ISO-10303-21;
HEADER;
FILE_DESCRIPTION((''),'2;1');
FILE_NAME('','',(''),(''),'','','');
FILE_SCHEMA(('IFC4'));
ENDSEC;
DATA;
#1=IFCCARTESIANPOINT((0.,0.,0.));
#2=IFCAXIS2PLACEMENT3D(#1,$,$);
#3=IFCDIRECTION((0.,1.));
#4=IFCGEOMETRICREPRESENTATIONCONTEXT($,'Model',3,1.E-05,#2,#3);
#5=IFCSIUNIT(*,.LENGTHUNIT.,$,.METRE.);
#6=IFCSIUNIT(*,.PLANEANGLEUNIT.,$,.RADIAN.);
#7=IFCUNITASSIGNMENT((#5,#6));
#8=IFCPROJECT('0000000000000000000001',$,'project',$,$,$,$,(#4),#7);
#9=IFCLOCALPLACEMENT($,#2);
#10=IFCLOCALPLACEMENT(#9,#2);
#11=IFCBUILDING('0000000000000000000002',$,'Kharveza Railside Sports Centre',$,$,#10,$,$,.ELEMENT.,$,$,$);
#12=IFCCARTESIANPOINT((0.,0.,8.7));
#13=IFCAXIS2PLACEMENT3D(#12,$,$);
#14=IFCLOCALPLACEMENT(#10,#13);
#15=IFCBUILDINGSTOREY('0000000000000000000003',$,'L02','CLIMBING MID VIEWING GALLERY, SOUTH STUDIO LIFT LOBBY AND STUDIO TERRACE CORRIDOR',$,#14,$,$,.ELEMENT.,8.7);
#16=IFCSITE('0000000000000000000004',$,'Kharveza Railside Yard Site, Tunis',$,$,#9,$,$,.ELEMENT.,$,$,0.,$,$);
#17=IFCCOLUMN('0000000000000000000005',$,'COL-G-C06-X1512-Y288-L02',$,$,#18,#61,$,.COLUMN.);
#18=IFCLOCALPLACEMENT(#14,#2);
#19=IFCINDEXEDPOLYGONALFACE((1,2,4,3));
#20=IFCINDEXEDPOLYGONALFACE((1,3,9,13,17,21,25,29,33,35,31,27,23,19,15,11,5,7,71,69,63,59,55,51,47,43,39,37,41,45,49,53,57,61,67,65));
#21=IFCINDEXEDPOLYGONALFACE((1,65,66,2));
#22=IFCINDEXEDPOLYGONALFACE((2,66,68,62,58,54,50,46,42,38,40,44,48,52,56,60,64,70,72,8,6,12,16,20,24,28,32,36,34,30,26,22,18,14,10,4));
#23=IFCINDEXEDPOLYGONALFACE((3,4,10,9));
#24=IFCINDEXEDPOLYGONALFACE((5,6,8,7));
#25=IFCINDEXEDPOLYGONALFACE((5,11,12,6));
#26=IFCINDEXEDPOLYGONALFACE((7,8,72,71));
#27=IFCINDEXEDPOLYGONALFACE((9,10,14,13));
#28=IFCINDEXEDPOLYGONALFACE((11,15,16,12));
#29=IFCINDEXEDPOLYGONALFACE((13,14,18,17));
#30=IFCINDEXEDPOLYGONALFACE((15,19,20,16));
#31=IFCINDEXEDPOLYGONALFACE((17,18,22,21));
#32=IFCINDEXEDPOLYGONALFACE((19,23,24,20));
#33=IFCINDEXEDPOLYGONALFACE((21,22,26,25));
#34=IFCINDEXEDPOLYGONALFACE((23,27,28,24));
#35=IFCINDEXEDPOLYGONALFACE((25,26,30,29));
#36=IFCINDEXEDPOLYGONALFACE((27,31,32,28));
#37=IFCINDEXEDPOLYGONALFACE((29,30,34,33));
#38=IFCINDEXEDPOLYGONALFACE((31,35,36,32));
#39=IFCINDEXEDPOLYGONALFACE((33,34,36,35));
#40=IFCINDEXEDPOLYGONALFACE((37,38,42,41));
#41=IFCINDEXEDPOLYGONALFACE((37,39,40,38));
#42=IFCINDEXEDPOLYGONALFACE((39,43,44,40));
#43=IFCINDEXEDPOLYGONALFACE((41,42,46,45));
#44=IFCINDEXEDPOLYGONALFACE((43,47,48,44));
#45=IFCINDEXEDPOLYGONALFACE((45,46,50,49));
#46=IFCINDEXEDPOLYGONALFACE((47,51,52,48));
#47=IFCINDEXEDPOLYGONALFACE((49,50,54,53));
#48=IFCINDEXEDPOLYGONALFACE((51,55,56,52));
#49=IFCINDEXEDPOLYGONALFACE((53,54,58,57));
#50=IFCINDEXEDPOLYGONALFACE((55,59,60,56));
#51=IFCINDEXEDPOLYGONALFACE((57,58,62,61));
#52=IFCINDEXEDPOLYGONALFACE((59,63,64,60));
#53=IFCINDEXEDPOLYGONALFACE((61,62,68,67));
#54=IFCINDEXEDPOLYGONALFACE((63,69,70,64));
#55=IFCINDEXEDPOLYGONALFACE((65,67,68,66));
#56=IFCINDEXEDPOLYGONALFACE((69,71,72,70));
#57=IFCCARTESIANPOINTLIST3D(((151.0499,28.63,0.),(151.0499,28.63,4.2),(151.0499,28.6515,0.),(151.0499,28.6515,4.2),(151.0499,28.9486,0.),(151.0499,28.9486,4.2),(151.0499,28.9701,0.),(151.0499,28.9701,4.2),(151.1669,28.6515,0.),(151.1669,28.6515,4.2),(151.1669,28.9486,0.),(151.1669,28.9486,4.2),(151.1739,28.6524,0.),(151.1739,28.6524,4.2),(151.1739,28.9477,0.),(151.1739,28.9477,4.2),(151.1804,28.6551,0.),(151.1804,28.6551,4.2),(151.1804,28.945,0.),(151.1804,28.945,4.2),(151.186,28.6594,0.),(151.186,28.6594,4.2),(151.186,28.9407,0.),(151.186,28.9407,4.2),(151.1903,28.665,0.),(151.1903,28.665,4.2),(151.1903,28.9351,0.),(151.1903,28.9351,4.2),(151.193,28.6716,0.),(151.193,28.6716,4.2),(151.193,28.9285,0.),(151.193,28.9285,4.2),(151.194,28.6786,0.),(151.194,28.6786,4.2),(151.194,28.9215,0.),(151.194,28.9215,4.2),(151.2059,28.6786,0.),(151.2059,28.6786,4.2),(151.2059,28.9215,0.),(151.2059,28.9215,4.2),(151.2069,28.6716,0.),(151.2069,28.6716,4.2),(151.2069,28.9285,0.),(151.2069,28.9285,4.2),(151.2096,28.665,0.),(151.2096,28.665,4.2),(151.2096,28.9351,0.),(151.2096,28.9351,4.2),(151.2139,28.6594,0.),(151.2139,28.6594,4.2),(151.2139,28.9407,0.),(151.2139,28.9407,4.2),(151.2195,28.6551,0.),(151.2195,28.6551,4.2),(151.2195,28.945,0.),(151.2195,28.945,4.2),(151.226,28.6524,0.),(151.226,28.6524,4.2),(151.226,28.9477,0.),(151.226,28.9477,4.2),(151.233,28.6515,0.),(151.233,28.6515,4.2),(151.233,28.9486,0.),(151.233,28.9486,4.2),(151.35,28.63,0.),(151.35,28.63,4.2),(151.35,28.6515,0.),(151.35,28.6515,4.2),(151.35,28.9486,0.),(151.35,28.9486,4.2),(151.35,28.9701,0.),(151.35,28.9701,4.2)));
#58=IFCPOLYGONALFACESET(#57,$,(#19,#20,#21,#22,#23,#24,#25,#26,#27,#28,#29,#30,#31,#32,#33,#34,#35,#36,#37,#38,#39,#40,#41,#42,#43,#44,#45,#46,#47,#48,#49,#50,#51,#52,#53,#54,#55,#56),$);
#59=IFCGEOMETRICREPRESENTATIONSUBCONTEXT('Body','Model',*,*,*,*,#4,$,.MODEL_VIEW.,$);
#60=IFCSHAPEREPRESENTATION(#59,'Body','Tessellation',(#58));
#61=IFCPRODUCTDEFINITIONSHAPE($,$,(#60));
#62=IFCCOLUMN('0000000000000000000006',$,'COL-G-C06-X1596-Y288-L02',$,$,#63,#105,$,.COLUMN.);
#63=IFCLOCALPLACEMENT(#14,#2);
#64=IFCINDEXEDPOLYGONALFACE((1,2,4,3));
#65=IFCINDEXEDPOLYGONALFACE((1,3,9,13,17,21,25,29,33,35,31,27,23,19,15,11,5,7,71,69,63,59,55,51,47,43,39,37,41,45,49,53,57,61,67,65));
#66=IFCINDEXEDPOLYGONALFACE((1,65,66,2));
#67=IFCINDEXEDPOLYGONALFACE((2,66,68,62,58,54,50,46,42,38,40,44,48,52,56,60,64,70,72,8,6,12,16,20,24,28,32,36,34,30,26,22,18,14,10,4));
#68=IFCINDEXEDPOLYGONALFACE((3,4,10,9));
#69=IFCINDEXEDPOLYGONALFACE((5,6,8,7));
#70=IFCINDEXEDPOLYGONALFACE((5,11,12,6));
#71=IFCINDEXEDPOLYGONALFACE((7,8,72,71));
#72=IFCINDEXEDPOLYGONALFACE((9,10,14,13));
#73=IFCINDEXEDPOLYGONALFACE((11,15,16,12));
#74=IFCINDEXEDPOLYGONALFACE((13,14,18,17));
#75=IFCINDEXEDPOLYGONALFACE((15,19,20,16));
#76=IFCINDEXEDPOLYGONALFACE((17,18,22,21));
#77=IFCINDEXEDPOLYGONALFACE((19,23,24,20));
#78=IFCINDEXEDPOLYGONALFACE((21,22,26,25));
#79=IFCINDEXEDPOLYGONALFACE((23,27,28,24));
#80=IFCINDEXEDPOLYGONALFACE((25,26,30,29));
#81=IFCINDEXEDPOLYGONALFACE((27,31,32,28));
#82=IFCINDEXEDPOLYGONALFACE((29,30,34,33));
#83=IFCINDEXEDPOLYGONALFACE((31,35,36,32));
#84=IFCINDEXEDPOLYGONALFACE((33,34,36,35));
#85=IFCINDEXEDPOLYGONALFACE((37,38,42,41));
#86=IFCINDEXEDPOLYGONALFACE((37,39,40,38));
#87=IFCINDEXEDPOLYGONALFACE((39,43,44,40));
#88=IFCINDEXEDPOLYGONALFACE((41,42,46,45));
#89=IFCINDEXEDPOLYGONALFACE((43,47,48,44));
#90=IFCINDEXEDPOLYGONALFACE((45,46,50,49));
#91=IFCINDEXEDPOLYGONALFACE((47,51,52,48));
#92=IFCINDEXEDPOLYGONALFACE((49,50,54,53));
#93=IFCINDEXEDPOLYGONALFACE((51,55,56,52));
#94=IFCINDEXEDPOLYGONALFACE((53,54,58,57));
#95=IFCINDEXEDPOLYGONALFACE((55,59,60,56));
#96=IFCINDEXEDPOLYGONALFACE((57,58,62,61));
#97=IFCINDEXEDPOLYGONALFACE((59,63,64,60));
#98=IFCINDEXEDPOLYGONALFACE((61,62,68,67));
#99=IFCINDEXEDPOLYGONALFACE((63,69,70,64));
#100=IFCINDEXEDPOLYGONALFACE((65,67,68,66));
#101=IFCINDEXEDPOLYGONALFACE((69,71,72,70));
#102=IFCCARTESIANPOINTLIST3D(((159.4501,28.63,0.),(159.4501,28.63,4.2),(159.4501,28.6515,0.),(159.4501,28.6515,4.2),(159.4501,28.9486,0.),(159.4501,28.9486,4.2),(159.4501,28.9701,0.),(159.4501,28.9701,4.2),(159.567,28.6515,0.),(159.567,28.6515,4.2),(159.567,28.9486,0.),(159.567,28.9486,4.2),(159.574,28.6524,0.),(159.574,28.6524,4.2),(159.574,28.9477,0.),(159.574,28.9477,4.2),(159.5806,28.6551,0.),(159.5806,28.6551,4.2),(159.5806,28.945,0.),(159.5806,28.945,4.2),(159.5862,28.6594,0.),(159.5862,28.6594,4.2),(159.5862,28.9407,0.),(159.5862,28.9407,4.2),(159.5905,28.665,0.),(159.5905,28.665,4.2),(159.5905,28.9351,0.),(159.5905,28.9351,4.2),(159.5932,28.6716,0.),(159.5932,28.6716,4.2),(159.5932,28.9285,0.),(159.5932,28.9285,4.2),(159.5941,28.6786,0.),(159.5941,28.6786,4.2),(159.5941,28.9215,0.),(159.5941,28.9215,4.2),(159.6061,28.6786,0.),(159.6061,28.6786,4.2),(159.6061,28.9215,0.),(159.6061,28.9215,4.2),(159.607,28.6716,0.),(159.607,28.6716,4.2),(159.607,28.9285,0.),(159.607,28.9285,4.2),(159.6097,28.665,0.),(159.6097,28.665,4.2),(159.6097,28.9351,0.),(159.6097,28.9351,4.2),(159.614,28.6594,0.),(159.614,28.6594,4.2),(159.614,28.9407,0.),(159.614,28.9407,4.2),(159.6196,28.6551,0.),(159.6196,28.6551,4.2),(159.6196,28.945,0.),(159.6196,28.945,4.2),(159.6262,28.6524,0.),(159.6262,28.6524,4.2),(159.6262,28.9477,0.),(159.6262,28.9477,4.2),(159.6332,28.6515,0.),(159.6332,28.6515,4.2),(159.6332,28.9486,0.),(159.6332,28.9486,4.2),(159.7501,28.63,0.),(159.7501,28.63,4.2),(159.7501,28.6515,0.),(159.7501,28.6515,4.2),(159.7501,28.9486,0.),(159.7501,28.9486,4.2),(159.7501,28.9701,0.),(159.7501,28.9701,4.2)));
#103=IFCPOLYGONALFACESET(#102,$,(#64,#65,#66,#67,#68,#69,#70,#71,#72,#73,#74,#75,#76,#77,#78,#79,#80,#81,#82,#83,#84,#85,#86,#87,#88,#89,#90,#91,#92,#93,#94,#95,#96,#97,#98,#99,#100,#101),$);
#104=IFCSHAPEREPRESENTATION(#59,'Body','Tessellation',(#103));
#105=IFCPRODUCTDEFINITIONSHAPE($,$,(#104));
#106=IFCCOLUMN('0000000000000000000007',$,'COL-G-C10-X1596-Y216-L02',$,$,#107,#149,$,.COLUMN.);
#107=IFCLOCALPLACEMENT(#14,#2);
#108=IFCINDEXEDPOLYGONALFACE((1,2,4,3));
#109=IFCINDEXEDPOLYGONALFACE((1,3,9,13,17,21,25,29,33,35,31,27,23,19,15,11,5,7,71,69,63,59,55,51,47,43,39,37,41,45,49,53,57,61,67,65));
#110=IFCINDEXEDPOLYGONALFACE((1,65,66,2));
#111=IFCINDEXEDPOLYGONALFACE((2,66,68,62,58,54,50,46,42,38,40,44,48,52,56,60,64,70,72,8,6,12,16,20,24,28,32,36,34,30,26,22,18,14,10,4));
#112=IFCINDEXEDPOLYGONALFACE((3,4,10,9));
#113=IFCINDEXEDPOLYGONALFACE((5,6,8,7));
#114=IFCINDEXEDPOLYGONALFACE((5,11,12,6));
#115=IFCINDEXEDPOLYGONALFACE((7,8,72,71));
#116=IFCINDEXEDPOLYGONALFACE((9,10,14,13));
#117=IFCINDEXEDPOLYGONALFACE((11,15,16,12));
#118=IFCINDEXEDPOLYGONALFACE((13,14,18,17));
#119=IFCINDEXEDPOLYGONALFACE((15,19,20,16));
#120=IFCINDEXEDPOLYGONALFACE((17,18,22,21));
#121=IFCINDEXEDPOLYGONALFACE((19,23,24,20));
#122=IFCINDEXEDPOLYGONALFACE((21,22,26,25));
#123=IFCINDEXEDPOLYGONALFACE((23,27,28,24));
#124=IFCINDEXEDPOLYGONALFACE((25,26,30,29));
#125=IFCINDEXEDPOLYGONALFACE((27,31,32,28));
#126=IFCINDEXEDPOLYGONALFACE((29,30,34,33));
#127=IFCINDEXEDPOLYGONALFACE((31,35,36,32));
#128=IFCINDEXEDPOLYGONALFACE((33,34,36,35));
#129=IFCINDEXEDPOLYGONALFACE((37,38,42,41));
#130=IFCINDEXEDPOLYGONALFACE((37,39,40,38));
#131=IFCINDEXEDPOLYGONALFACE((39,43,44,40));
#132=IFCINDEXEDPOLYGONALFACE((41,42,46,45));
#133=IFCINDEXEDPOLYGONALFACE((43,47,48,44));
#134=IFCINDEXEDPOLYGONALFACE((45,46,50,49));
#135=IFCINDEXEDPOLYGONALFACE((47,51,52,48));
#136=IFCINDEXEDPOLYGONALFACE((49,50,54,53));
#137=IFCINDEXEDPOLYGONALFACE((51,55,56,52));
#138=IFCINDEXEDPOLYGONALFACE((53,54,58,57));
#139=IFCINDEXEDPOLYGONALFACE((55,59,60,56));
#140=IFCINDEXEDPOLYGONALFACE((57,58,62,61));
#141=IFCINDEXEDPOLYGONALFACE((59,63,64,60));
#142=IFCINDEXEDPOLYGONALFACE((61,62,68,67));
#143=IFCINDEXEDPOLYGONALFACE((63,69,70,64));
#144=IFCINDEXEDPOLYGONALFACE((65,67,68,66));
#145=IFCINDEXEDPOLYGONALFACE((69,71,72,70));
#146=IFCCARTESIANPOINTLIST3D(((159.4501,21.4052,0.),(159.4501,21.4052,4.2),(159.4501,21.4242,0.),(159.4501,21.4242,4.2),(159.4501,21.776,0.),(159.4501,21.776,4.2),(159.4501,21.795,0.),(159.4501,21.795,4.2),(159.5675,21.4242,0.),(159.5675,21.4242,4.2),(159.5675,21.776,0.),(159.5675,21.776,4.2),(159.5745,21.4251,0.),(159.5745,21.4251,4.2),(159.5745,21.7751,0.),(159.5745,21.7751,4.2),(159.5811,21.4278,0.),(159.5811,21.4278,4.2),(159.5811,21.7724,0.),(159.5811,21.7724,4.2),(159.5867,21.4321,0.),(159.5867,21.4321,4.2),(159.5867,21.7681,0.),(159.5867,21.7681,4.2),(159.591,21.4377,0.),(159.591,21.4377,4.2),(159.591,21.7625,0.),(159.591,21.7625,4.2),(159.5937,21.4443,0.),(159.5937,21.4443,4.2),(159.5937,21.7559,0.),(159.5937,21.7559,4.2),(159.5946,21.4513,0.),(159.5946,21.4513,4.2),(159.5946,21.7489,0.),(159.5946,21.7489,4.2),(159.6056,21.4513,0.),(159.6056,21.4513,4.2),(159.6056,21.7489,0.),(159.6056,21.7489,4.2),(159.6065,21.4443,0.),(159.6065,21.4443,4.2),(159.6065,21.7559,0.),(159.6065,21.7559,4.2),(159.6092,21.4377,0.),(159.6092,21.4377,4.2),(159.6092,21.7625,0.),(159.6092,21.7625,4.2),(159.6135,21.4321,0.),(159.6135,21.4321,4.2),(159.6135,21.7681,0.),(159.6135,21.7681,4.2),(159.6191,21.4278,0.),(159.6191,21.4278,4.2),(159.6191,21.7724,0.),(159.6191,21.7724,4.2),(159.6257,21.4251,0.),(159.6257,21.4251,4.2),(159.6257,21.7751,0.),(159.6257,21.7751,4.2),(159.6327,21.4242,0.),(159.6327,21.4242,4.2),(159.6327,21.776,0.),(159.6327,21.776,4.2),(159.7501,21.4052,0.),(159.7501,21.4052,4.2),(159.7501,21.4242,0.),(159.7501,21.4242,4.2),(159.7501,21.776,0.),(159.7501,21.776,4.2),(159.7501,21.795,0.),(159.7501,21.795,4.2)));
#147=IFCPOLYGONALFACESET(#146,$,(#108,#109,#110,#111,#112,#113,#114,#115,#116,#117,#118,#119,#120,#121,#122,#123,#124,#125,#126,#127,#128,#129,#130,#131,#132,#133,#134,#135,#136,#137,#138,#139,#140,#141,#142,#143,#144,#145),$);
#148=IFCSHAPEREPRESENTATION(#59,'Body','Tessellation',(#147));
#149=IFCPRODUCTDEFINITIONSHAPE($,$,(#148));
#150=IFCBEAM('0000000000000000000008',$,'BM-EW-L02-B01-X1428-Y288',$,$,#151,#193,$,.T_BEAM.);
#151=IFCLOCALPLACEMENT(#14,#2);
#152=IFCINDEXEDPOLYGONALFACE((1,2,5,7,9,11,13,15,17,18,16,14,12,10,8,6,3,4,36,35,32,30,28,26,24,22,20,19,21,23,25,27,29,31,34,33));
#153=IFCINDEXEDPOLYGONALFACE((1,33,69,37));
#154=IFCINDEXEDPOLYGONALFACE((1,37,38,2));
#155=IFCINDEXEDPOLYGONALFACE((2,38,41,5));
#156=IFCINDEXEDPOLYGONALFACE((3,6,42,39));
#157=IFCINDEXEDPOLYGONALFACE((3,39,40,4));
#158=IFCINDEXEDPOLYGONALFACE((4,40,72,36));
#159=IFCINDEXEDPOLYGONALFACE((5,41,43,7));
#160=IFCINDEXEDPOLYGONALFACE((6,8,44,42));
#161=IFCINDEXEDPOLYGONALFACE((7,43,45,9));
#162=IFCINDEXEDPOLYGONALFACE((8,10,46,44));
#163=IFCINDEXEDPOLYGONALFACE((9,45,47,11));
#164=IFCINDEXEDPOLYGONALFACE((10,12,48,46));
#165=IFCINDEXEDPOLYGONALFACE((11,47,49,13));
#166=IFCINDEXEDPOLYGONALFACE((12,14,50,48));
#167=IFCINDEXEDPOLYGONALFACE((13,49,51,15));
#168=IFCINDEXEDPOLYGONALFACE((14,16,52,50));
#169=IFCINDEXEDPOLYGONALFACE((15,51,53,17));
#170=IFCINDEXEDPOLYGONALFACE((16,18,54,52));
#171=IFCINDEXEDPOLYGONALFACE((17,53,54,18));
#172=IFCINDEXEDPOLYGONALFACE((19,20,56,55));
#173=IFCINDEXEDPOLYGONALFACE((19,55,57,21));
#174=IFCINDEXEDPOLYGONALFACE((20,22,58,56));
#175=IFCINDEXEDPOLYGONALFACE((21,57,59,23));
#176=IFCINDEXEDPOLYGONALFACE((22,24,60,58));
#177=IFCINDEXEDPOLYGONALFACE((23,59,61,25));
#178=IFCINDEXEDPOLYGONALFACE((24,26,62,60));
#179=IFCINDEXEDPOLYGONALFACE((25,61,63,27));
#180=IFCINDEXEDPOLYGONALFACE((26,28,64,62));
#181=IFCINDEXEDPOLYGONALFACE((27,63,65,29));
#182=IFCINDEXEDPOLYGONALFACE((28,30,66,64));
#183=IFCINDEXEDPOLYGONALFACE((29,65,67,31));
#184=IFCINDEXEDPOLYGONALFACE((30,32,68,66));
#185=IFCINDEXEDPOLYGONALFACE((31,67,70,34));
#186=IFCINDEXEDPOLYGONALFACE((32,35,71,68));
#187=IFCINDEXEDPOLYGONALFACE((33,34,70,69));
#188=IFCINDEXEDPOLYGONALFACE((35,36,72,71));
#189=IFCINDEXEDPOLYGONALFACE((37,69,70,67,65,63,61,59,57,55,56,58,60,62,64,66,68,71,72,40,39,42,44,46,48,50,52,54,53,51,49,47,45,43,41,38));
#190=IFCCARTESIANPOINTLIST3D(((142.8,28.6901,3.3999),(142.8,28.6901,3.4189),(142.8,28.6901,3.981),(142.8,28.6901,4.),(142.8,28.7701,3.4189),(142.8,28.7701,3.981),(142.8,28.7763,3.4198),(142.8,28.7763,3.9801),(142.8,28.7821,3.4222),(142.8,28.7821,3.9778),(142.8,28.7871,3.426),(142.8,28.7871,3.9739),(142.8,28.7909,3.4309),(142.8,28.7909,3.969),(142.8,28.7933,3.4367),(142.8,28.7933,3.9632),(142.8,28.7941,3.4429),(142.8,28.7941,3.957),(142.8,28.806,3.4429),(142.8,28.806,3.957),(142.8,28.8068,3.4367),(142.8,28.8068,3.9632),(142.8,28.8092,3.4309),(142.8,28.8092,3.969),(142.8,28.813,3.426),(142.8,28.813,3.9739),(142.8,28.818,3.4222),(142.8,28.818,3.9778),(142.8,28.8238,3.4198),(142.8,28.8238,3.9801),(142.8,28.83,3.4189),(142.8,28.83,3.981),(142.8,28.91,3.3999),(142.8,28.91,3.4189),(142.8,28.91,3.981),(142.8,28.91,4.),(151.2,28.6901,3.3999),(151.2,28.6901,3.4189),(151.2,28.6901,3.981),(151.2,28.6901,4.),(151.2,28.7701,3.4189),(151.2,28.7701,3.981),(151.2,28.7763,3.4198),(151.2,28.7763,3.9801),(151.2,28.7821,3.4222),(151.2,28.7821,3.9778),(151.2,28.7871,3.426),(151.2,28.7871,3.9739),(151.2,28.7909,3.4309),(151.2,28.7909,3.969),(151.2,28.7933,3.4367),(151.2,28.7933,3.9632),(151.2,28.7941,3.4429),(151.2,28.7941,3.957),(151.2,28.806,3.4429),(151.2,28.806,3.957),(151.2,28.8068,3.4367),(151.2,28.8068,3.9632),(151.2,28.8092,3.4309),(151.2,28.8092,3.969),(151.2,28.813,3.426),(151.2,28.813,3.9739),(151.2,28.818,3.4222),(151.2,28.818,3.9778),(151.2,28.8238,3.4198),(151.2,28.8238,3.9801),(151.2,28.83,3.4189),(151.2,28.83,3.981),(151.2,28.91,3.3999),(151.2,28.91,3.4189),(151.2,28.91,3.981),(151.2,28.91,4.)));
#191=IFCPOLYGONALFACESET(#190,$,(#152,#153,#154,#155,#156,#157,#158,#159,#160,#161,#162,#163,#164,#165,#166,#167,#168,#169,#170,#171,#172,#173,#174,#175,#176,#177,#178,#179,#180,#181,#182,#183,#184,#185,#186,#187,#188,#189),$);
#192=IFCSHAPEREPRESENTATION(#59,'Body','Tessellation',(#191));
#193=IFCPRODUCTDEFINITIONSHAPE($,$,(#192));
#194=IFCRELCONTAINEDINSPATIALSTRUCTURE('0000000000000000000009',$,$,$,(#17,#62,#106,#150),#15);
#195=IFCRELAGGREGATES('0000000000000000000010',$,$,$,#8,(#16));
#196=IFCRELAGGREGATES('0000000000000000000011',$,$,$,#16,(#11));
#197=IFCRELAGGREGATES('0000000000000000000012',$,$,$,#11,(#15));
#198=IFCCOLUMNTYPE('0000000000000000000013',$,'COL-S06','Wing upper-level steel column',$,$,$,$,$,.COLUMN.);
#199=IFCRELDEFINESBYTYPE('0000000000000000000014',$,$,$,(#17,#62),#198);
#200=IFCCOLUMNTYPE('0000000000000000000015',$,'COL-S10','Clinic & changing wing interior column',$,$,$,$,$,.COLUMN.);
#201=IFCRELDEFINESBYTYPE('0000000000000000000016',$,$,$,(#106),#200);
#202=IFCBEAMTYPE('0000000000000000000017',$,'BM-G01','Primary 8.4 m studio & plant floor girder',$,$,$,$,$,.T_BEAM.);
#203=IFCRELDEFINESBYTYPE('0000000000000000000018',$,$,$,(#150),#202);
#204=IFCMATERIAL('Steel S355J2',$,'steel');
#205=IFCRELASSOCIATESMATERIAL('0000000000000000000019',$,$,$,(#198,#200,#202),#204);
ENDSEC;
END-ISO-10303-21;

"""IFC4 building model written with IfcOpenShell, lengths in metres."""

from ifc_helpers import new_model, si_unit, direction, frame, origin, origin_2d, place, context, subcontext, project, spatial, i_section, extrude, material, material_profile, profile_set, type_object, element, save


model = new_model("IFC4")

# Units and contexts
model_context = context("Model", 3, precision=1e-05, world=origin(), true_north=direction((0.0, 1.0)))
body_context = subcontext(model_context, "Body", "Model", "MODEL_VIEW")
ifc_project = project(units=[si_unit("LENGTHUNIT", "METRE"), si_unit("PLANEANGLEUNIT", "RADIAN")], contexts=[model_context])

# Site, building, storey
site_placement = place(None, origin())
site = spatial("IfcSite", under=ifc_project, at=site_placement, Name="Kharveza Railside Yard Site, Tunis", CompositionType="ELEMENT", RefElevation=0.0)
building_placement = place(site_placement, origin())
building = spatial("IfcBuilding", under=site, at=building_placement, Name="Kharveza Railside Sports Centre", CompositionType="ELEMENT")
storey_placement = place(building_placement, frame((0.0, 0.0, 8.7)))
storey = spatial("IfcBuildingStorey", under=building, at=storey_placement, Name="L02", Description="CLIMBING MID VIEWING GALLERY, SOUTH STUDIO LIFT LOBBY AND STUDIO TERRACE CORRIDOR", CompositionType="ELEMENT", Elevation=8.7)

# Columns
ifc_material_1 = material(Name="Steel S355J2", Category="steel")
ifc_material_profile_1 = material_profile(ifc_material_1, i_section(OverallWidth=0.3, OverallDepth=0.3401, WebThickness=0.012, FlangeThickness=0.0215, FilletRadius=0.0271, at=origin_2d()), Name="HEB 340")
ifc_profile_set_1 = profile_set([ifc_material_profile_1], Name="Steel S355J2")
column_type_1 = type_object("IfcColumnType", Name="COL-S06", Description="Wing upper-level steel column", PredefinedType="COLUMN", material=ifc_profile_set_1)
for number, where, z_axis, x_axis, name in (
    (1, (151.2, 28.8, 0.0), (0.0, 0.0, 1.0), (1.0, 0.0, 0.0), "COL-G-C06-X1512-Y288-L02"),
    (2, (159.6001, 28.8, 0.0), (0.0, 0.0, 1.0), (1.0, 0.0, 0.0), "COL-G-C06-X1596-Y288-L02"),
):
    element("IfcColumn", number, at=place(storey_placement, frame(where, z_axis=z_axis, x_axis=x_axis)), inside=storey, type_object=column_type_1, Name=name, PredefinedType="COLUMN", context=body_context, shape_type="SweptSolid", body=[
        extrude(i_section(OverallWidth=0.3, OverallDepth=0.3401, WebThickness=0.012, FlangeThickness=0.0215, FilletRadius=0.0271, at=origin_2d()), origin(), (0.0, 0.0, 1.0), 4.2),
    ])
ifc_material_profile_2 = material_profile(ifc_material_1, i_section(OverallWidth=0.3, OverallDepth=0.3899, WebThickness=0.011, FlangeThickness=0.019, FilletRadius=0.0271, at=origin_2d()), Name="HEA 400")
ifc_profile_set_2 = profile_set([ifc_material_profile_2], Name="Steel S355J2")
column_type_2 = type_object("IfcColumnType", Name="COL-S10", Description="Clinic & changing wing interior column", PredefinedType="COLUMN", material=ifc_profile_set_2)
column_placement = place(storey_placement, frame((159.6001, 21.6001, 0.0), z_axis=(0.0, 0.0, 1.0), x_axis=(1.0, 0.0, 0.0)))
element("IfcColumn", 3, at=column_placement, inside=storey, type_object=column_type_2, Name="COL-G-C10-X1596-Y216-L02", PredefinedType="COLUMN", context=body_context, shape_type="SweptSolid", body=[
    extrude(i_section(OverallWidth=0.3, OverallDepth=0.3899, WebThickness=0.011, FlangeThickness=0.019, FilletRadius=0.0271, at=origin_2d()), origin(), (0.0, 0.0, 1.0), 4.2),
])

# Beam
ifc_material_profile_3 = material_profile(ifc_material_1, i_section(OverallWidth=0.22, OverallDepth=0.6001, WebThickness=0.012, FlangeThickness=0.019, FilletRadius=0.0239, at=origin_2d()), Name="IPE 600")
ifc_profile_set_3 = profile_set([ifc_material_profile_3], Name="Steel S355J2")
beam_type_1 = type_object("IfcBeamType", Name="BM-G01", Description="Primary 8.4 m studio & plant floor girder", PredefinedType="T_BEAM", material=ifc_profile_set_3)
beam_1_placement = place(storey_placement, frame((142.8, 28.8, 3.7), z_axis=(1.0, 0.0, 0.0), x_axis=(0.0, 1.0, 0.0)))
element("IfcBeam", 4, at=beam_1_placement, inside=storey, type_object=beam_type_1, Name="BM-EW-L02-B01-X1428-Y288", PredefinedType="T_BEAM", context=body_context, shape_type="SweptSolid", body=[
    extrude(i_section(OverallWidth=0.22, OverallDepth=0.6001, WebThickness=0.012, FlangeThickness=0.019, FilletRadius=0.0239, at=origin_2d()), origin(), (0.0, 0.0, 1.0), 8.3999),
])

save(model, "model.ifc")
